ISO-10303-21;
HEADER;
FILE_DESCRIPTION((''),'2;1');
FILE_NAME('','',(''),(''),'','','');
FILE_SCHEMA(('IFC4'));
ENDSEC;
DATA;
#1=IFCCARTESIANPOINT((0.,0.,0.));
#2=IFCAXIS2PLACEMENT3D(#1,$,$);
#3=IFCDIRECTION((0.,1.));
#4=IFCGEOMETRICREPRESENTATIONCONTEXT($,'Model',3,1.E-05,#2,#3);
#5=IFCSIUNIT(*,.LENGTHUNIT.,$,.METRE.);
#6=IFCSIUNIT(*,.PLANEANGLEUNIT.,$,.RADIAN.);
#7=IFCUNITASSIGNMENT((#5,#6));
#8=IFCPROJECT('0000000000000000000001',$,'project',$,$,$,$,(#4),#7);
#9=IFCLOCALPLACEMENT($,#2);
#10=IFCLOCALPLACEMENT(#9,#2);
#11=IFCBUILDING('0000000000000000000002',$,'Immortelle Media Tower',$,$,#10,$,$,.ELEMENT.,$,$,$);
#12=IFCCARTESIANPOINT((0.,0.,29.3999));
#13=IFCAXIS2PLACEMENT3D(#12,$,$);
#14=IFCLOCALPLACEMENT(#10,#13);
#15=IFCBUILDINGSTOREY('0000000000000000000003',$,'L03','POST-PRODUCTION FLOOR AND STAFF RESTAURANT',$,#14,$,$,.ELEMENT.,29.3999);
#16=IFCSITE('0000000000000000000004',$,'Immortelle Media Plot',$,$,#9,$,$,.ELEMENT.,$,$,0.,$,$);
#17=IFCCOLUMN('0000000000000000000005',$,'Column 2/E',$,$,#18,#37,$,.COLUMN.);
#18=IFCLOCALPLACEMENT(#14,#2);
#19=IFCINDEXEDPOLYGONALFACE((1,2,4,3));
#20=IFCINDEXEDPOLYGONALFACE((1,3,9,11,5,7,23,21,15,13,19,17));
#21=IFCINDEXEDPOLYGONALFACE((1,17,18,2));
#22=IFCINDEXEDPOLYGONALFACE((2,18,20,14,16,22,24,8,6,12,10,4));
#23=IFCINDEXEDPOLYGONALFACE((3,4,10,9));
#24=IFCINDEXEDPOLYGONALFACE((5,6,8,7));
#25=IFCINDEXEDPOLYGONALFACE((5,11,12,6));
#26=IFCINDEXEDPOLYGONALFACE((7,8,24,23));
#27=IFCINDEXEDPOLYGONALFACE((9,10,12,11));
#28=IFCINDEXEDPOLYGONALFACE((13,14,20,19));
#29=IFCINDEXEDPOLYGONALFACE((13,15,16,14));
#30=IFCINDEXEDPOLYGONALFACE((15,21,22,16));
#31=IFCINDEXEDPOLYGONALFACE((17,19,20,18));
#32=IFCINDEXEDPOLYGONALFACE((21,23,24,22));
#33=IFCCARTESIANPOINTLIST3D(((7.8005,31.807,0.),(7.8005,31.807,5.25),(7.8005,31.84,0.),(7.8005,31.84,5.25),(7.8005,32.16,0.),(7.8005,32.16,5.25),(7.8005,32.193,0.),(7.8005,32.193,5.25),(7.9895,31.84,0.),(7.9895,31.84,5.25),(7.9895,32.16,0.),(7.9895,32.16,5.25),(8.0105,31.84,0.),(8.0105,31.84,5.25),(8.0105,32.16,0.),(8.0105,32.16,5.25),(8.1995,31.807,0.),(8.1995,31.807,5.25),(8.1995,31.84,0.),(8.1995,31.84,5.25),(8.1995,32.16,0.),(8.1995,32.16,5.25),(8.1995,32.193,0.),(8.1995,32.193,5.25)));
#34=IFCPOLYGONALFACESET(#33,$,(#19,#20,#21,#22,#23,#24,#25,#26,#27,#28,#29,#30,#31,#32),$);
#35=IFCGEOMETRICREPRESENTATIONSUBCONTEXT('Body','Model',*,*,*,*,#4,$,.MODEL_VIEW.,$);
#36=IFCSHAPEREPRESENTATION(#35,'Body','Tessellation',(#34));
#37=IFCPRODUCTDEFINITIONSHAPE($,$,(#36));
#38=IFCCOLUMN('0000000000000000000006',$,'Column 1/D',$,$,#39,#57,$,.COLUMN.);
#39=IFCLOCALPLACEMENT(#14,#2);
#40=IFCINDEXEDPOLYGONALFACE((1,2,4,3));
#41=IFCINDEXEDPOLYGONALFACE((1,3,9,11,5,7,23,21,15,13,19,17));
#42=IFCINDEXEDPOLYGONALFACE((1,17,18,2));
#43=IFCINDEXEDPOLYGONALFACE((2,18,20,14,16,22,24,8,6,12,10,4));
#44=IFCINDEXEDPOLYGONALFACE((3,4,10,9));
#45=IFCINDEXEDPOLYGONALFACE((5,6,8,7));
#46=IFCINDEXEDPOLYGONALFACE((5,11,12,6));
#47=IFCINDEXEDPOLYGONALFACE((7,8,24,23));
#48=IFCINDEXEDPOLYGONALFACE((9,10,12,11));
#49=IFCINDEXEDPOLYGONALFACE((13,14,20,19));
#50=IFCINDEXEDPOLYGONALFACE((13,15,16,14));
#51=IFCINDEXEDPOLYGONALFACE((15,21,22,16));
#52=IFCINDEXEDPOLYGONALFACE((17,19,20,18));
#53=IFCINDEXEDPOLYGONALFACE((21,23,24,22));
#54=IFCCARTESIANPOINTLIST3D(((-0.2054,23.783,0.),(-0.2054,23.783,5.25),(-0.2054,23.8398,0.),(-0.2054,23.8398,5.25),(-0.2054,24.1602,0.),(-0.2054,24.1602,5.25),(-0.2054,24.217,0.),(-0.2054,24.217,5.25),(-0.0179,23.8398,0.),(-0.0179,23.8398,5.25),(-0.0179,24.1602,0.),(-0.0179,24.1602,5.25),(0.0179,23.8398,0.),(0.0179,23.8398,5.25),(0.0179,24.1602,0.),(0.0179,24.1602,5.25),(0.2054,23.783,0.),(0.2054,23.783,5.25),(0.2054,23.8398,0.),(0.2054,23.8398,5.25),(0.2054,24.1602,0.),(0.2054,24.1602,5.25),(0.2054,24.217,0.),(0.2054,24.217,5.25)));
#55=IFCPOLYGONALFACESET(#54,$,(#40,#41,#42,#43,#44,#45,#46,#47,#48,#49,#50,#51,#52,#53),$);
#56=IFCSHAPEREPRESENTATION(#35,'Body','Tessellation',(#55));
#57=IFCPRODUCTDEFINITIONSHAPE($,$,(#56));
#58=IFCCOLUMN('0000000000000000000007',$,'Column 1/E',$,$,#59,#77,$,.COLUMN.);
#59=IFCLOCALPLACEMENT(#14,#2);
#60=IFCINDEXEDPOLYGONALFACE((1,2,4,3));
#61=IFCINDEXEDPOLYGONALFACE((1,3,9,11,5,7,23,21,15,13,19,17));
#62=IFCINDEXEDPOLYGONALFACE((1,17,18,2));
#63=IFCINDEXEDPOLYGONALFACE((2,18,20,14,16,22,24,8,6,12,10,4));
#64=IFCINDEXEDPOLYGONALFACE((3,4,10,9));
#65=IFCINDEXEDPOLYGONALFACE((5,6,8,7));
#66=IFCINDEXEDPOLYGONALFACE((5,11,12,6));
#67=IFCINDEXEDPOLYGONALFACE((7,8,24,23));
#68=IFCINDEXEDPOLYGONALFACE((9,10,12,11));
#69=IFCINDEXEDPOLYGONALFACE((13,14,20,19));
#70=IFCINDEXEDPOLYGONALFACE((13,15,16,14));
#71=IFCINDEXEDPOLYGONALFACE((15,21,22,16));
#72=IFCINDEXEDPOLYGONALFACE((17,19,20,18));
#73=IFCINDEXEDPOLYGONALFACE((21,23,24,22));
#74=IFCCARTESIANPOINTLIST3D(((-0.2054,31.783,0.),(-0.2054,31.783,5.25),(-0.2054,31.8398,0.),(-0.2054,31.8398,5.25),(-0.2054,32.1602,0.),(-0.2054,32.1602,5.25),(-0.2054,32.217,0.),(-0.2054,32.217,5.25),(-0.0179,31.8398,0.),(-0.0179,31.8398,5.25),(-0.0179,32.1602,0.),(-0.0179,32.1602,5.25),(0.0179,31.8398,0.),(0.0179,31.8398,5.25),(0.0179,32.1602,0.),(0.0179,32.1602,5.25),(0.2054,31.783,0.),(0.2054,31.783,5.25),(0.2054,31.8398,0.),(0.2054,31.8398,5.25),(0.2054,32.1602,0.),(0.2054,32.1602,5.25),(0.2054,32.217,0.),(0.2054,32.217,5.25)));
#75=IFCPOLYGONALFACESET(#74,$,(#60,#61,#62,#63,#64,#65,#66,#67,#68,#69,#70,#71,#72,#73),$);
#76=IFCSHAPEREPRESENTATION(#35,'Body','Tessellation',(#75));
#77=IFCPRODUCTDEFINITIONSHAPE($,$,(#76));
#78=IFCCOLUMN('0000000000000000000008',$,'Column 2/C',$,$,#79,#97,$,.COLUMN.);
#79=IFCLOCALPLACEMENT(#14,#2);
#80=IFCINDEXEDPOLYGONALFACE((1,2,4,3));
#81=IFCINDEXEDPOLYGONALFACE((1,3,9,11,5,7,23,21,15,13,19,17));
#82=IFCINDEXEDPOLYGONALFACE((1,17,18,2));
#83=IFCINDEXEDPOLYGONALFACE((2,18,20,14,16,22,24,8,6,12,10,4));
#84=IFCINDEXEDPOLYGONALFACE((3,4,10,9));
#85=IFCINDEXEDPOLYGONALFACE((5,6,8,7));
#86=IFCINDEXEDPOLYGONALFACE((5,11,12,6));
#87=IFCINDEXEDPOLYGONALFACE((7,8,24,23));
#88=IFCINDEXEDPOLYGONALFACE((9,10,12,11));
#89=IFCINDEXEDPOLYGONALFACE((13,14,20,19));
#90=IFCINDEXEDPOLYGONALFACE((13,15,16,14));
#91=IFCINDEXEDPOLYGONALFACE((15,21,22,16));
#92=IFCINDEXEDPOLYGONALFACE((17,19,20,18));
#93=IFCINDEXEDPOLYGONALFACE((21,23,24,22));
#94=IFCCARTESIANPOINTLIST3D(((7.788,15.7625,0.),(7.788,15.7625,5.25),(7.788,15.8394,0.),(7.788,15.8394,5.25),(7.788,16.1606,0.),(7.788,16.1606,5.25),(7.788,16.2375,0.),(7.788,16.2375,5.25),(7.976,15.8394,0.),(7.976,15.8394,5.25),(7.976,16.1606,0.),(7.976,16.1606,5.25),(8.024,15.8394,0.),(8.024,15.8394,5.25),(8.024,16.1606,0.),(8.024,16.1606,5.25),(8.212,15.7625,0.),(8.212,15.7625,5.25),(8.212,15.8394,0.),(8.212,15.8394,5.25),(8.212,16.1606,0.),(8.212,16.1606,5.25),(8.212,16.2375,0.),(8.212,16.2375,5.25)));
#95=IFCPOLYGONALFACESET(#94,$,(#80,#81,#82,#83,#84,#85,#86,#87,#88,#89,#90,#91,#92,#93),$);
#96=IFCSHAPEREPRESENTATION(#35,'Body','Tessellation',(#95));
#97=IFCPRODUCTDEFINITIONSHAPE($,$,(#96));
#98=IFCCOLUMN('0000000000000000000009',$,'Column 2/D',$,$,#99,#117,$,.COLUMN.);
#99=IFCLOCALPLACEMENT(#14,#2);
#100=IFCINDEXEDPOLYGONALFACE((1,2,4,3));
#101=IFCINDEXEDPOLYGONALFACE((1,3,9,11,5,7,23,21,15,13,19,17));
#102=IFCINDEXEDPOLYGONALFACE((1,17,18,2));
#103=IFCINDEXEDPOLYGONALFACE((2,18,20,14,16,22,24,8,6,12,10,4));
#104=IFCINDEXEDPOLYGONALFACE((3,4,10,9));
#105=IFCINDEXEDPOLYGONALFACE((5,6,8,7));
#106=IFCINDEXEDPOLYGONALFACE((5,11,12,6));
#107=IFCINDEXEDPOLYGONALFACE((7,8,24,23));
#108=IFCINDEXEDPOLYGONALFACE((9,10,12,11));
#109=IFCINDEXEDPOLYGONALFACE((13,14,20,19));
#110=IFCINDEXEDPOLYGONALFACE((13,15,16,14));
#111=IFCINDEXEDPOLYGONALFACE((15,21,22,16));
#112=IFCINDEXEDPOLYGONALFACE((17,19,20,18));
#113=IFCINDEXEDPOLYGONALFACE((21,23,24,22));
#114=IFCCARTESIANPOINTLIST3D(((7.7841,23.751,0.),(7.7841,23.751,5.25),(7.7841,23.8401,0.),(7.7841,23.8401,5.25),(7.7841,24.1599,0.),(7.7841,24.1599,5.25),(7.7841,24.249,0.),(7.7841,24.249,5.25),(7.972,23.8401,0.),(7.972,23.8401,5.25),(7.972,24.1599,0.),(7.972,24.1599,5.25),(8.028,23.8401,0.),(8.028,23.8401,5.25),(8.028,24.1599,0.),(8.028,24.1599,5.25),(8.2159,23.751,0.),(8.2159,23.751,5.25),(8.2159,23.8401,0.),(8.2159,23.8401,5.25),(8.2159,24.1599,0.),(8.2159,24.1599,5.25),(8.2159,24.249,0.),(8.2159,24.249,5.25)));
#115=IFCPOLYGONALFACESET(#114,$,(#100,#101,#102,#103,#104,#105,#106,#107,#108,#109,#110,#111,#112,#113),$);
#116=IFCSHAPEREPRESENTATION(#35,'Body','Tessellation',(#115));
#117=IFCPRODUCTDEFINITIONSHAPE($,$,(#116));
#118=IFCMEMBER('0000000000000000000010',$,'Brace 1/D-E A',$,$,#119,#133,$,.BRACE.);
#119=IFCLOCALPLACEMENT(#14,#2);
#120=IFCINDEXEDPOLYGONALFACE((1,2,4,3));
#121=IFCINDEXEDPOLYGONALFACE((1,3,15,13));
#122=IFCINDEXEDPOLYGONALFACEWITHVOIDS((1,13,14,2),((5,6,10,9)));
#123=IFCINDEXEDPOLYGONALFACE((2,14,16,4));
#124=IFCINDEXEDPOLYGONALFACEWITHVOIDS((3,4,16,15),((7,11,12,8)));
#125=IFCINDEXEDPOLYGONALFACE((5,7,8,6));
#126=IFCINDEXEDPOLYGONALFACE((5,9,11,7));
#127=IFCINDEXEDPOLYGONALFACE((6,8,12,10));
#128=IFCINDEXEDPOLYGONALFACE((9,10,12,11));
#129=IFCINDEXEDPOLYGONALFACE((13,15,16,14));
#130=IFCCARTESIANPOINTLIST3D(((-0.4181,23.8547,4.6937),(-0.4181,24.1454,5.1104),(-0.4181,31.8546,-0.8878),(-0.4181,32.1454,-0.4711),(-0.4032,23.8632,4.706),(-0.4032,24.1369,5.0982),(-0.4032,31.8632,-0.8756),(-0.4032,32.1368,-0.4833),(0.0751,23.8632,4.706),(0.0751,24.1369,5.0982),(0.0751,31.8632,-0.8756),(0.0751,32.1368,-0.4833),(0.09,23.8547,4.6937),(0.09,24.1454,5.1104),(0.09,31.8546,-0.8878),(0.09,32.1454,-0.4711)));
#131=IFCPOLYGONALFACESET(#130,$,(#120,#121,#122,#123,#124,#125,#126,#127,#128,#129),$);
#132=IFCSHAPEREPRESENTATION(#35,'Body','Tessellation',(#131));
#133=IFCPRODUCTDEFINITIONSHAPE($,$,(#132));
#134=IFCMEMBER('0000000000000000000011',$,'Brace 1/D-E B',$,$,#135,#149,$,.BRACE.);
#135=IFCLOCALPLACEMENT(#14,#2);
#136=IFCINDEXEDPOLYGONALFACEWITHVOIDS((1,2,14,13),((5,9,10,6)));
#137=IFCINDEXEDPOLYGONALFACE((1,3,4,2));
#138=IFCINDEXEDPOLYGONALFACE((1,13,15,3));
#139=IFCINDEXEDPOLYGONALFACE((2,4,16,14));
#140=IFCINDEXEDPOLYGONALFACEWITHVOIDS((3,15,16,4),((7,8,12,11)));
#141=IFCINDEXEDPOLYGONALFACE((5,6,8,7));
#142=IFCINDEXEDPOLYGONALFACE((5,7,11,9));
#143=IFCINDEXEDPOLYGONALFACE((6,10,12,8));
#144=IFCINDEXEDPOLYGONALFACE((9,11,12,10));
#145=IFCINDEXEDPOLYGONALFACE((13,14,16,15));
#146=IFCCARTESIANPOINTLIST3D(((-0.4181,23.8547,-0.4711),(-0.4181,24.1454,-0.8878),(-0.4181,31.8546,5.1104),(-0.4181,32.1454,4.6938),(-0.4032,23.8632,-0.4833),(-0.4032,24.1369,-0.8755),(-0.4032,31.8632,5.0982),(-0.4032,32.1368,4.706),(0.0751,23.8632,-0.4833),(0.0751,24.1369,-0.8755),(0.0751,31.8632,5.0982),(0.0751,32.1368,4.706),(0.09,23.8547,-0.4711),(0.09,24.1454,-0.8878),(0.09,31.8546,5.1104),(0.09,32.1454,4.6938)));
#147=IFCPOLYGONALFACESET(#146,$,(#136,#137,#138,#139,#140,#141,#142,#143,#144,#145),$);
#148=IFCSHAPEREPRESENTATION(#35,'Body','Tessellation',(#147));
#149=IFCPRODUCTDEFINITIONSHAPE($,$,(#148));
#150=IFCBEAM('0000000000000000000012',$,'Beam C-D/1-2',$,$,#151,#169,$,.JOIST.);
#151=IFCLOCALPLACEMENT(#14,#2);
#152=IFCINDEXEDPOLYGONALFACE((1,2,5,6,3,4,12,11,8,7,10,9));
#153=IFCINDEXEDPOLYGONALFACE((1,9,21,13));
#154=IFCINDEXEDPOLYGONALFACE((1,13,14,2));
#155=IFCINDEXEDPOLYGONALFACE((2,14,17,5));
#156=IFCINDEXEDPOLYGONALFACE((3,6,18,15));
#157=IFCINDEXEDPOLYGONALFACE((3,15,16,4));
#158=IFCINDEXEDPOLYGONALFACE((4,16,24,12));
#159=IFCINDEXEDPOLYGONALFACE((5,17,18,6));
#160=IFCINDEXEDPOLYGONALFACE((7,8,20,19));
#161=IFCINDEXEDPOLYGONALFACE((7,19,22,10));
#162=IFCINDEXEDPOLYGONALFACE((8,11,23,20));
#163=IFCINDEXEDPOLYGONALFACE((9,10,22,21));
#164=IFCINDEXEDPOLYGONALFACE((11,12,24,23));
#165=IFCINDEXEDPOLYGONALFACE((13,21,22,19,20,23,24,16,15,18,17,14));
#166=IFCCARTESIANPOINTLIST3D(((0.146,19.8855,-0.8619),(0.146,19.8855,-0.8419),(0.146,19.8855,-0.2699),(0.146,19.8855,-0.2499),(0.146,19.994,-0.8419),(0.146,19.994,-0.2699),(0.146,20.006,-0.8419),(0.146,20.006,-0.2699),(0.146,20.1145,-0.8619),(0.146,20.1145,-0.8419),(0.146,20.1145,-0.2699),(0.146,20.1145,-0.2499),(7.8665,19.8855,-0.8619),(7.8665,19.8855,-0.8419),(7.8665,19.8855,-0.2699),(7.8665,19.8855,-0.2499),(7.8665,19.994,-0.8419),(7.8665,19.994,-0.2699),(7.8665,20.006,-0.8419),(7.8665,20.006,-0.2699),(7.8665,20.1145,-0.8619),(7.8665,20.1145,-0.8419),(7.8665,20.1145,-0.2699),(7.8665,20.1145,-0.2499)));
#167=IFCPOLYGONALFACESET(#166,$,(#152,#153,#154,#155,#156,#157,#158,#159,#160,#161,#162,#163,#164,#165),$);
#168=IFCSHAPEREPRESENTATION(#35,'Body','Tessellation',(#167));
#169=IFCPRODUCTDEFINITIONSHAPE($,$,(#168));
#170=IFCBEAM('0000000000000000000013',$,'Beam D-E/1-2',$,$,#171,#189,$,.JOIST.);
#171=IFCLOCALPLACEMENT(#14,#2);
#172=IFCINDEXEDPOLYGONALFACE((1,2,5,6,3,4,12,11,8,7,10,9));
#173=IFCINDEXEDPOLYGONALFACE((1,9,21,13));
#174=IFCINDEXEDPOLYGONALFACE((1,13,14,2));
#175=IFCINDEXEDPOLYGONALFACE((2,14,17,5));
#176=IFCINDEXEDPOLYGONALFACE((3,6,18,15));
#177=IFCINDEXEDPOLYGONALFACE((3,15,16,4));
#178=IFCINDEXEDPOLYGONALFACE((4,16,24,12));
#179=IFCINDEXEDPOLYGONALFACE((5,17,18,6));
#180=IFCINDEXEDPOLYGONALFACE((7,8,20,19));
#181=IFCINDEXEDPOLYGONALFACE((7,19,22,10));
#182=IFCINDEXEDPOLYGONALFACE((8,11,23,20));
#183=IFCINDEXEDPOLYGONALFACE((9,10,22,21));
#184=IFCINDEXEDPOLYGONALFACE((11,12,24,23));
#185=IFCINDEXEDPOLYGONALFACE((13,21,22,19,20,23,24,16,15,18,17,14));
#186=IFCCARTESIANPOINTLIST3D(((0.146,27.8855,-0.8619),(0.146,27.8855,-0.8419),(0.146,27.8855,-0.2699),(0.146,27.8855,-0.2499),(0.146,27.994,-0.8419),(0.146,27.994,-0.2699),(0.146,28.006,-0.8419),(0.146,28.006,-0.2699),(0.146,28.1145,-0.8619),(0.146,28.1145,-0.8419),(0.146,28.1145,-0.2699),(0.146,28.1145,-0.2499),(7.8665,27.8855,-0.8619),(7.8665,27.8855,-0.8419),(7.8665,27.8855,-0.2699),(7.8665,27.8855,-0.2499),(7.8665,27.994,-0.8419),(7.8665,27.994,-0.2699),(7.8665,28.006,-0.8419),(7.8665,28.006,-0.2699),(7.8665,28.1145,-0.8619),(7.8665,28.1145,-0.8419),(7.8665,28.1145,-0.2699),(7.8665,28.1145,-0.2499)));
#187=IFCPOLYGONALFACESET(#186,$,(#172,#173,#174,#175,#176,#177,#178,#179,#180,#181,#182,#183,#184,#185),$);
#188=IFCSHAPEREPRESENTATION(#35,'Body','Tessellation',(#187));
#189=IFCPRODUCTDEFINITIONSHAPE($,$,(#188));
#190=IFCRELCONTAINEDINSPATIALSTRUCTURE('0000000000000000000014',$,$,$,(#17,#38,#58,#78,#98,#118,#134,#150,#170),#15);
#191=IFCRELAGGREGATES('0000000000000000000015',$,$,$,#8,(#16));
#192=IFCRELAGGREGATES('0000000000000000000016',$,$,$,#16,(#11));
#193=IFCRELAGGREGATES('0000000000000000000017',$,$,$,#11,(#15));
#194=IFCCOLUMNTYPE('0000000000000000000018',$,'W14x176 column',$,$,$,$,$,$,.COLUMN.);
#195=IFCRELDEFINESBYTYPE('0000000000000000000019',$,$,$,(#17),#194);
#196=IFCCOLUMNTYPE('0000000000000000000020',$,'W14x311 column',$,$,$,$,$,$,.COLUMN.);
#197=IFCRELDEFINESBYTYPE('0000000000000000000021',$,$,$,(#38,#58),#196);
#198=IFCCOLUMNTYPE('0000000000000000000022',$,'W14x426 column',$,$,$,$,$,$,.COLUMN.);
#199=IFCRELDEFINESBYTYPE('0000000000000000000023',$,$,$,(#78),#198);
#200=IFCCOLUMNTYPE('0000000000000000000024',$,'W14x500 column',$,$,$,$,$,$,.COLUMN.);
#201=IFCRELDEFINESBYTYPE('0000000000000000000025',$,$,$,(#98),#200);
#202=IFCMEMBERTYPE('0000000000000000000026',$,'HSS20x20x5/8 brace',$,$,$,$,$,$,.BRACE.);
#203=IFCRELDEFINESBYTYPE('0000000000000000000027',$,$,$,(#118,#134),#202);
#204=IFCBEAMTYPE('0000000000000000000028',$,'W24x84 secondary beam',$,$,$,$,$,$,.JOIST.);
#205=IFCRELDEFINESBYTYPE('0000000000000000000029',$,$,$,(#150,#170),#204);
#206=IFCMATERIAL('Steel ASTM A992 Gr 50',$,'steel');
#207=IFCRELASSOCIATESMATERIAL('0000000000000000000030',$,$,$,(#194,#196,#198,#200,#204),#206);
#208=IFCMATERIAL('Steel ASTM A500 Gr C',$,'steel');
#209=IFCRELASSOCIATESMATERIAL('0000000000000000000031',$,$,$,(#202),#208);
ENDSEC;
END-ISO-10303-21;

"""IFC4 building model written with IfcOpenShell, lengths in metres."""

from ifc_helpers import new_model, si_unit, direction, frame, origin, origin_2d, place, context, subcontext, project, spatial, hollow_rectangle, i_section, extrude, material, material_profile, profile_set, type_object, element, save


model = new_model("IFC4")

# Units and contexts
model_context = context("Model", 3, precision=1e-05, world=origin(), true_north=direction((0.0, 1.0)))
body_context = subcontext(model_context, "Body", "Model", "MODEL_VIEW")
ifc_project = project(units=[si_unit("LENGTHUNIT", "METRE"), si_unit("PLANEANGLEUNIT", "RADIAN")], contexts=[model_context])

# Site, building, storey
site_placement = place(None, origin())
site = spatial("IfcSite", under=ifc_project, at=site_placement, Name="Immortelle Media Plot", CompositionType="ELEMENT", RefElevation=0.0)
building_placement = place(site_placement, origin())
building = spatial("IfcBuilding", under=site, at=building_placement, Name="Immortelle Media Tower", CompositionType="ELEMENT")
storey_placement = place(building_placement, frame((0.0, 0.0, 29.3999)))
storey = spatial("IfcBuildingStorey", under=building, at=storey_placement, Name="L03", Description="POST-PRODUCTION FLOOR AND STAFF RESTAURANT", CompositionType="ELEMENT", Elevation=29.3999)

# Columns
ifc_material_1 = material(Name="Steel ASTM A992 Gr 50", Category="steel")
ifc_material_profile_1 = material_profile(ifc_material_1, i_section(OverallWidth=0.3989, OverallDepth=0.386, WebThickness=0.021, FlangeThickness=0.033, at=origin_2d()), Name="W14x176")
ifc_profile_set_1 = profile_set([ifc_material_profile_1], Name="Steel ASTM A992 Gr 50")
column_type_1 = type_object("IfcColumnType", Name="W14x176 column", PredefinedType="COLUMN", material=ifc_profile_set_1)
column_1_placement = place(storey_placement, frame((8.0, 32.0, 0.0), z_axis=(0.0, 0.0, 1.0), x_axis=(1.0, 0.0, 0.0)))
element("IfcColumn", 1, at=column_1_placement, inside=storey, type_object=column_type_1, Name="Column 2/E", PredefinedType="COLUMN", context=body_context, shape_type="SweptSolid", body=[
    extrude(i_section(OverallWidth=0.3989, OverallDepth=0.386, WebThickness=0.021, FlangeThickness=0.033, at=origin_2d()), origin(), (0.0, 0.0, 1.0), 5.25),
])
ifc_material_profile_2 = material_profile(ifc_material_1, i_section(OverallWidth=0.4109, OverallDepth=0.4341, WebThickness=0.0359, FlangeThickness=0.0569, at=origin_2d()), Name="W14x311")
ifc_profile_set_2 = profile_set([ifc_material_profile_2], Name="Steel ASTM A992 Gr 50")
column_type_2 = type_object("IfcColumnType", Name="W14x311 column", PredefinedType="COLUMN", material=ifc_profile_set_2)
for number, where, z_axis, x_axis, name in (
    (2, (0.0, 24.0, 0.0), (0.0, 0.0, 1.0), (1.0, 0.0, 0.0), "Column 1/D"),
    (3, (0.0, 32.0, 0.0), (0.0, 0.0, 1.0), (1.0, 0.0, 0.0), "Column 1/E"),
):
    element("IfcColumn", number, at=place(storey_placement, frame(where, z_axis=z_axis, x_axis=x_axis)), inside=storey, type_object=column_type_2, Name=name, PredefinedType="COLUMN", context=body_context, shape_type="SweptSolid", body=[
        extrude(i_section(OverallWidth=0.4109, OverallDepth=0.4341, WebThickness=0.0359, FlangeThickness=0.0569, at=origin_2d()), origin(), (0.0, 0.0, 1.0), 5.25),
    ])
ifc_material_profile_3 = material_profile(ifc_material_1, i_section(OverallWidth=0.4241, OverallDepth=0.4751, WebThickness=0.0481, FlangeThickness=0.0769, at=origin_2d()), Name="W14x426")
ifc_profile_set_3 = profile_set([ifc_material_profile_3], Name="Steel ASTM A992 Gr 50")
column_type_3 = type_object("IfcColumnType", Name="W14x426 column", PredefinedType="COLUMN", material=ifc_profile_set_3)
column_2_placement = place(storey_placement, frame((8.0, 16.0, 0.0), z_axis=(0.0, 0.0, 1.0), x_axis=(1.0, 0.0, 0.0)))
element("IfcColumn", 4, at=column_2_placement, inside=storey, type_object=column_type_3, Name="Column 2/C", PredefinedType="COLUMN", context=body_context, shape_type="SweptSolid", body=[
    extrude(i_section(OverallWidth=0.4241, OverallDepth=0.4751, WebThickness=0.0481, FlangeThickness=0.0769, at=origin_2d()), origin(), (0.0, 0.0, 1.0), 5.25),
])
ifc_material_profile_4 = material_profile(ifc_material_1, i_section(OverallWidth=0.4319, OverallDepth=0.498, WebThickness=0.0559, FlangeThickness=0.0891, at=origin_2d()), Name="W14x500")
ifc_profile_set_4 = profile_set([ifc_material_profile_4], Name="Steel ASTM A992 Gr 50")
column_type_4 = type_object("IfcColumnType", Name="W14x500 column", PredefinedType="COLUMN", material=ifc_profile_set_4)
column_3_placement = place(storey_placement, frame((8.0, 24.0, 0.0), z_axis=(0.0, 0.0, 1.0), x_axis=(1.0, 0.0, 0.0)))
element("IfcColumn", 5, at=column_3_placement, inside=storey, type_object=column_type_4, Name="Column 2/D", PredefinedType="COLUMN", context=body_context, shape_type="SweptSolid", body=[
    extrude(i_section(OverallWidth=0.4319, OverallDepth=0.498, WebThickness=0.0559, FlangeThickness=0.0891, at=origin_2d()), origin(), (0.0, 0.0, 1.0), 5.25),
])

# Members
ifc_material_2 = material(Name="Steel ASTM A500 Gr C", Category="steel")
ifc_material_profile_5 = material_profile(ifc_material_2, hollow_rectangle(XDim=0.5081, YDim=0.5081, WallThickness=0.0149, at=origin_2d()), Name="HSS20x20x5/8 brace")
ifc_profile_set_5 = profile_set([ifc_material_profile_5], Name="Steel ASTM A500 Gr C")
member_type = type_object("IfcMemberType", Name="HSS20x20x5/8 brace", PredefinedType="BRACE", material=ifc_profile_set_5)
for number, where, z_axis, x_axis, name in (
    (6, (-0.1641, 32.0, -0.6794), (0.0, -0.82012, 0.572192), (1.0, 0.0, 0.0), "Brace 1/D-E A"),
    (7, (-0.1641, 32.0, 4.9021), (0.0, -0.82012, -0.572192), (1.0, 0.0, 0.0), "Brace 1/D-E B"),
):
    element("IfcMember", number, at=place(storey_placement, frame(where, z_axis=z_axis, x_axis=x_axis)), inside=storey, type_object=member_type, Name=name, PredefinedType="BRACE", context=body_context, shape_type="SweptSolid", body=[
        extrude(hollow_rectangle(XDim=0.5081, YDim=0.5081, WallThickness=0.0149, at=origin_2d()), origin(), (0.0, 0.0, 1.0), 9.7546),
    ])

# Beams
ifc_material_profile_6 = material_profile(ifc_material_1, i_section(OverallWidth=0.229, OverallDepth=0.6121, WebThickness=0.012, FlangeThickness=0.02, at=origin_2d()), Name="W24x84")
ifc_profile_set_6 = profile_set([ifc_material_profile_6], Name="Steel ASTM A992 Gr 50")
beam_type_1 = type_object("IfcBeamType", Name="W24x84 secondary beam", PredefinedType="JOIST", material=ifc_profile_set_6)
for number, where, z_axis, x_axis, name in (
    (8, (0.146, 20.0, -0.5559), (1.0, 0.0, 0.0), (0.0, 1.0, 0.0), "Beam C-D/1-2"),
    (9, (0.146, 28.0, -0.5559), (1.0, 0.0, 0.0), (0.0, 1.0, 0.0), "Beam D-E/1-2"),
):
    element("IfcBeam", number, at=place(storey_placement, frame(where, z_axis=z_axis, x_axis=x_axis)), inside=storey, type_object=beam_type_1, Name=name, PredefinedType="JOIST", context=body_context, shape_type="SweptSolid", body=[
        extrude(i_section(OverallWidth=0.229, OverallDepth=0.6121, WebThickness=0.012, FlangeThickness=0.02, at=origin_2d()), origin(), (0.0, 0.0, 1.0), 7.7205),
    ])

save(model, "model.ifc")
